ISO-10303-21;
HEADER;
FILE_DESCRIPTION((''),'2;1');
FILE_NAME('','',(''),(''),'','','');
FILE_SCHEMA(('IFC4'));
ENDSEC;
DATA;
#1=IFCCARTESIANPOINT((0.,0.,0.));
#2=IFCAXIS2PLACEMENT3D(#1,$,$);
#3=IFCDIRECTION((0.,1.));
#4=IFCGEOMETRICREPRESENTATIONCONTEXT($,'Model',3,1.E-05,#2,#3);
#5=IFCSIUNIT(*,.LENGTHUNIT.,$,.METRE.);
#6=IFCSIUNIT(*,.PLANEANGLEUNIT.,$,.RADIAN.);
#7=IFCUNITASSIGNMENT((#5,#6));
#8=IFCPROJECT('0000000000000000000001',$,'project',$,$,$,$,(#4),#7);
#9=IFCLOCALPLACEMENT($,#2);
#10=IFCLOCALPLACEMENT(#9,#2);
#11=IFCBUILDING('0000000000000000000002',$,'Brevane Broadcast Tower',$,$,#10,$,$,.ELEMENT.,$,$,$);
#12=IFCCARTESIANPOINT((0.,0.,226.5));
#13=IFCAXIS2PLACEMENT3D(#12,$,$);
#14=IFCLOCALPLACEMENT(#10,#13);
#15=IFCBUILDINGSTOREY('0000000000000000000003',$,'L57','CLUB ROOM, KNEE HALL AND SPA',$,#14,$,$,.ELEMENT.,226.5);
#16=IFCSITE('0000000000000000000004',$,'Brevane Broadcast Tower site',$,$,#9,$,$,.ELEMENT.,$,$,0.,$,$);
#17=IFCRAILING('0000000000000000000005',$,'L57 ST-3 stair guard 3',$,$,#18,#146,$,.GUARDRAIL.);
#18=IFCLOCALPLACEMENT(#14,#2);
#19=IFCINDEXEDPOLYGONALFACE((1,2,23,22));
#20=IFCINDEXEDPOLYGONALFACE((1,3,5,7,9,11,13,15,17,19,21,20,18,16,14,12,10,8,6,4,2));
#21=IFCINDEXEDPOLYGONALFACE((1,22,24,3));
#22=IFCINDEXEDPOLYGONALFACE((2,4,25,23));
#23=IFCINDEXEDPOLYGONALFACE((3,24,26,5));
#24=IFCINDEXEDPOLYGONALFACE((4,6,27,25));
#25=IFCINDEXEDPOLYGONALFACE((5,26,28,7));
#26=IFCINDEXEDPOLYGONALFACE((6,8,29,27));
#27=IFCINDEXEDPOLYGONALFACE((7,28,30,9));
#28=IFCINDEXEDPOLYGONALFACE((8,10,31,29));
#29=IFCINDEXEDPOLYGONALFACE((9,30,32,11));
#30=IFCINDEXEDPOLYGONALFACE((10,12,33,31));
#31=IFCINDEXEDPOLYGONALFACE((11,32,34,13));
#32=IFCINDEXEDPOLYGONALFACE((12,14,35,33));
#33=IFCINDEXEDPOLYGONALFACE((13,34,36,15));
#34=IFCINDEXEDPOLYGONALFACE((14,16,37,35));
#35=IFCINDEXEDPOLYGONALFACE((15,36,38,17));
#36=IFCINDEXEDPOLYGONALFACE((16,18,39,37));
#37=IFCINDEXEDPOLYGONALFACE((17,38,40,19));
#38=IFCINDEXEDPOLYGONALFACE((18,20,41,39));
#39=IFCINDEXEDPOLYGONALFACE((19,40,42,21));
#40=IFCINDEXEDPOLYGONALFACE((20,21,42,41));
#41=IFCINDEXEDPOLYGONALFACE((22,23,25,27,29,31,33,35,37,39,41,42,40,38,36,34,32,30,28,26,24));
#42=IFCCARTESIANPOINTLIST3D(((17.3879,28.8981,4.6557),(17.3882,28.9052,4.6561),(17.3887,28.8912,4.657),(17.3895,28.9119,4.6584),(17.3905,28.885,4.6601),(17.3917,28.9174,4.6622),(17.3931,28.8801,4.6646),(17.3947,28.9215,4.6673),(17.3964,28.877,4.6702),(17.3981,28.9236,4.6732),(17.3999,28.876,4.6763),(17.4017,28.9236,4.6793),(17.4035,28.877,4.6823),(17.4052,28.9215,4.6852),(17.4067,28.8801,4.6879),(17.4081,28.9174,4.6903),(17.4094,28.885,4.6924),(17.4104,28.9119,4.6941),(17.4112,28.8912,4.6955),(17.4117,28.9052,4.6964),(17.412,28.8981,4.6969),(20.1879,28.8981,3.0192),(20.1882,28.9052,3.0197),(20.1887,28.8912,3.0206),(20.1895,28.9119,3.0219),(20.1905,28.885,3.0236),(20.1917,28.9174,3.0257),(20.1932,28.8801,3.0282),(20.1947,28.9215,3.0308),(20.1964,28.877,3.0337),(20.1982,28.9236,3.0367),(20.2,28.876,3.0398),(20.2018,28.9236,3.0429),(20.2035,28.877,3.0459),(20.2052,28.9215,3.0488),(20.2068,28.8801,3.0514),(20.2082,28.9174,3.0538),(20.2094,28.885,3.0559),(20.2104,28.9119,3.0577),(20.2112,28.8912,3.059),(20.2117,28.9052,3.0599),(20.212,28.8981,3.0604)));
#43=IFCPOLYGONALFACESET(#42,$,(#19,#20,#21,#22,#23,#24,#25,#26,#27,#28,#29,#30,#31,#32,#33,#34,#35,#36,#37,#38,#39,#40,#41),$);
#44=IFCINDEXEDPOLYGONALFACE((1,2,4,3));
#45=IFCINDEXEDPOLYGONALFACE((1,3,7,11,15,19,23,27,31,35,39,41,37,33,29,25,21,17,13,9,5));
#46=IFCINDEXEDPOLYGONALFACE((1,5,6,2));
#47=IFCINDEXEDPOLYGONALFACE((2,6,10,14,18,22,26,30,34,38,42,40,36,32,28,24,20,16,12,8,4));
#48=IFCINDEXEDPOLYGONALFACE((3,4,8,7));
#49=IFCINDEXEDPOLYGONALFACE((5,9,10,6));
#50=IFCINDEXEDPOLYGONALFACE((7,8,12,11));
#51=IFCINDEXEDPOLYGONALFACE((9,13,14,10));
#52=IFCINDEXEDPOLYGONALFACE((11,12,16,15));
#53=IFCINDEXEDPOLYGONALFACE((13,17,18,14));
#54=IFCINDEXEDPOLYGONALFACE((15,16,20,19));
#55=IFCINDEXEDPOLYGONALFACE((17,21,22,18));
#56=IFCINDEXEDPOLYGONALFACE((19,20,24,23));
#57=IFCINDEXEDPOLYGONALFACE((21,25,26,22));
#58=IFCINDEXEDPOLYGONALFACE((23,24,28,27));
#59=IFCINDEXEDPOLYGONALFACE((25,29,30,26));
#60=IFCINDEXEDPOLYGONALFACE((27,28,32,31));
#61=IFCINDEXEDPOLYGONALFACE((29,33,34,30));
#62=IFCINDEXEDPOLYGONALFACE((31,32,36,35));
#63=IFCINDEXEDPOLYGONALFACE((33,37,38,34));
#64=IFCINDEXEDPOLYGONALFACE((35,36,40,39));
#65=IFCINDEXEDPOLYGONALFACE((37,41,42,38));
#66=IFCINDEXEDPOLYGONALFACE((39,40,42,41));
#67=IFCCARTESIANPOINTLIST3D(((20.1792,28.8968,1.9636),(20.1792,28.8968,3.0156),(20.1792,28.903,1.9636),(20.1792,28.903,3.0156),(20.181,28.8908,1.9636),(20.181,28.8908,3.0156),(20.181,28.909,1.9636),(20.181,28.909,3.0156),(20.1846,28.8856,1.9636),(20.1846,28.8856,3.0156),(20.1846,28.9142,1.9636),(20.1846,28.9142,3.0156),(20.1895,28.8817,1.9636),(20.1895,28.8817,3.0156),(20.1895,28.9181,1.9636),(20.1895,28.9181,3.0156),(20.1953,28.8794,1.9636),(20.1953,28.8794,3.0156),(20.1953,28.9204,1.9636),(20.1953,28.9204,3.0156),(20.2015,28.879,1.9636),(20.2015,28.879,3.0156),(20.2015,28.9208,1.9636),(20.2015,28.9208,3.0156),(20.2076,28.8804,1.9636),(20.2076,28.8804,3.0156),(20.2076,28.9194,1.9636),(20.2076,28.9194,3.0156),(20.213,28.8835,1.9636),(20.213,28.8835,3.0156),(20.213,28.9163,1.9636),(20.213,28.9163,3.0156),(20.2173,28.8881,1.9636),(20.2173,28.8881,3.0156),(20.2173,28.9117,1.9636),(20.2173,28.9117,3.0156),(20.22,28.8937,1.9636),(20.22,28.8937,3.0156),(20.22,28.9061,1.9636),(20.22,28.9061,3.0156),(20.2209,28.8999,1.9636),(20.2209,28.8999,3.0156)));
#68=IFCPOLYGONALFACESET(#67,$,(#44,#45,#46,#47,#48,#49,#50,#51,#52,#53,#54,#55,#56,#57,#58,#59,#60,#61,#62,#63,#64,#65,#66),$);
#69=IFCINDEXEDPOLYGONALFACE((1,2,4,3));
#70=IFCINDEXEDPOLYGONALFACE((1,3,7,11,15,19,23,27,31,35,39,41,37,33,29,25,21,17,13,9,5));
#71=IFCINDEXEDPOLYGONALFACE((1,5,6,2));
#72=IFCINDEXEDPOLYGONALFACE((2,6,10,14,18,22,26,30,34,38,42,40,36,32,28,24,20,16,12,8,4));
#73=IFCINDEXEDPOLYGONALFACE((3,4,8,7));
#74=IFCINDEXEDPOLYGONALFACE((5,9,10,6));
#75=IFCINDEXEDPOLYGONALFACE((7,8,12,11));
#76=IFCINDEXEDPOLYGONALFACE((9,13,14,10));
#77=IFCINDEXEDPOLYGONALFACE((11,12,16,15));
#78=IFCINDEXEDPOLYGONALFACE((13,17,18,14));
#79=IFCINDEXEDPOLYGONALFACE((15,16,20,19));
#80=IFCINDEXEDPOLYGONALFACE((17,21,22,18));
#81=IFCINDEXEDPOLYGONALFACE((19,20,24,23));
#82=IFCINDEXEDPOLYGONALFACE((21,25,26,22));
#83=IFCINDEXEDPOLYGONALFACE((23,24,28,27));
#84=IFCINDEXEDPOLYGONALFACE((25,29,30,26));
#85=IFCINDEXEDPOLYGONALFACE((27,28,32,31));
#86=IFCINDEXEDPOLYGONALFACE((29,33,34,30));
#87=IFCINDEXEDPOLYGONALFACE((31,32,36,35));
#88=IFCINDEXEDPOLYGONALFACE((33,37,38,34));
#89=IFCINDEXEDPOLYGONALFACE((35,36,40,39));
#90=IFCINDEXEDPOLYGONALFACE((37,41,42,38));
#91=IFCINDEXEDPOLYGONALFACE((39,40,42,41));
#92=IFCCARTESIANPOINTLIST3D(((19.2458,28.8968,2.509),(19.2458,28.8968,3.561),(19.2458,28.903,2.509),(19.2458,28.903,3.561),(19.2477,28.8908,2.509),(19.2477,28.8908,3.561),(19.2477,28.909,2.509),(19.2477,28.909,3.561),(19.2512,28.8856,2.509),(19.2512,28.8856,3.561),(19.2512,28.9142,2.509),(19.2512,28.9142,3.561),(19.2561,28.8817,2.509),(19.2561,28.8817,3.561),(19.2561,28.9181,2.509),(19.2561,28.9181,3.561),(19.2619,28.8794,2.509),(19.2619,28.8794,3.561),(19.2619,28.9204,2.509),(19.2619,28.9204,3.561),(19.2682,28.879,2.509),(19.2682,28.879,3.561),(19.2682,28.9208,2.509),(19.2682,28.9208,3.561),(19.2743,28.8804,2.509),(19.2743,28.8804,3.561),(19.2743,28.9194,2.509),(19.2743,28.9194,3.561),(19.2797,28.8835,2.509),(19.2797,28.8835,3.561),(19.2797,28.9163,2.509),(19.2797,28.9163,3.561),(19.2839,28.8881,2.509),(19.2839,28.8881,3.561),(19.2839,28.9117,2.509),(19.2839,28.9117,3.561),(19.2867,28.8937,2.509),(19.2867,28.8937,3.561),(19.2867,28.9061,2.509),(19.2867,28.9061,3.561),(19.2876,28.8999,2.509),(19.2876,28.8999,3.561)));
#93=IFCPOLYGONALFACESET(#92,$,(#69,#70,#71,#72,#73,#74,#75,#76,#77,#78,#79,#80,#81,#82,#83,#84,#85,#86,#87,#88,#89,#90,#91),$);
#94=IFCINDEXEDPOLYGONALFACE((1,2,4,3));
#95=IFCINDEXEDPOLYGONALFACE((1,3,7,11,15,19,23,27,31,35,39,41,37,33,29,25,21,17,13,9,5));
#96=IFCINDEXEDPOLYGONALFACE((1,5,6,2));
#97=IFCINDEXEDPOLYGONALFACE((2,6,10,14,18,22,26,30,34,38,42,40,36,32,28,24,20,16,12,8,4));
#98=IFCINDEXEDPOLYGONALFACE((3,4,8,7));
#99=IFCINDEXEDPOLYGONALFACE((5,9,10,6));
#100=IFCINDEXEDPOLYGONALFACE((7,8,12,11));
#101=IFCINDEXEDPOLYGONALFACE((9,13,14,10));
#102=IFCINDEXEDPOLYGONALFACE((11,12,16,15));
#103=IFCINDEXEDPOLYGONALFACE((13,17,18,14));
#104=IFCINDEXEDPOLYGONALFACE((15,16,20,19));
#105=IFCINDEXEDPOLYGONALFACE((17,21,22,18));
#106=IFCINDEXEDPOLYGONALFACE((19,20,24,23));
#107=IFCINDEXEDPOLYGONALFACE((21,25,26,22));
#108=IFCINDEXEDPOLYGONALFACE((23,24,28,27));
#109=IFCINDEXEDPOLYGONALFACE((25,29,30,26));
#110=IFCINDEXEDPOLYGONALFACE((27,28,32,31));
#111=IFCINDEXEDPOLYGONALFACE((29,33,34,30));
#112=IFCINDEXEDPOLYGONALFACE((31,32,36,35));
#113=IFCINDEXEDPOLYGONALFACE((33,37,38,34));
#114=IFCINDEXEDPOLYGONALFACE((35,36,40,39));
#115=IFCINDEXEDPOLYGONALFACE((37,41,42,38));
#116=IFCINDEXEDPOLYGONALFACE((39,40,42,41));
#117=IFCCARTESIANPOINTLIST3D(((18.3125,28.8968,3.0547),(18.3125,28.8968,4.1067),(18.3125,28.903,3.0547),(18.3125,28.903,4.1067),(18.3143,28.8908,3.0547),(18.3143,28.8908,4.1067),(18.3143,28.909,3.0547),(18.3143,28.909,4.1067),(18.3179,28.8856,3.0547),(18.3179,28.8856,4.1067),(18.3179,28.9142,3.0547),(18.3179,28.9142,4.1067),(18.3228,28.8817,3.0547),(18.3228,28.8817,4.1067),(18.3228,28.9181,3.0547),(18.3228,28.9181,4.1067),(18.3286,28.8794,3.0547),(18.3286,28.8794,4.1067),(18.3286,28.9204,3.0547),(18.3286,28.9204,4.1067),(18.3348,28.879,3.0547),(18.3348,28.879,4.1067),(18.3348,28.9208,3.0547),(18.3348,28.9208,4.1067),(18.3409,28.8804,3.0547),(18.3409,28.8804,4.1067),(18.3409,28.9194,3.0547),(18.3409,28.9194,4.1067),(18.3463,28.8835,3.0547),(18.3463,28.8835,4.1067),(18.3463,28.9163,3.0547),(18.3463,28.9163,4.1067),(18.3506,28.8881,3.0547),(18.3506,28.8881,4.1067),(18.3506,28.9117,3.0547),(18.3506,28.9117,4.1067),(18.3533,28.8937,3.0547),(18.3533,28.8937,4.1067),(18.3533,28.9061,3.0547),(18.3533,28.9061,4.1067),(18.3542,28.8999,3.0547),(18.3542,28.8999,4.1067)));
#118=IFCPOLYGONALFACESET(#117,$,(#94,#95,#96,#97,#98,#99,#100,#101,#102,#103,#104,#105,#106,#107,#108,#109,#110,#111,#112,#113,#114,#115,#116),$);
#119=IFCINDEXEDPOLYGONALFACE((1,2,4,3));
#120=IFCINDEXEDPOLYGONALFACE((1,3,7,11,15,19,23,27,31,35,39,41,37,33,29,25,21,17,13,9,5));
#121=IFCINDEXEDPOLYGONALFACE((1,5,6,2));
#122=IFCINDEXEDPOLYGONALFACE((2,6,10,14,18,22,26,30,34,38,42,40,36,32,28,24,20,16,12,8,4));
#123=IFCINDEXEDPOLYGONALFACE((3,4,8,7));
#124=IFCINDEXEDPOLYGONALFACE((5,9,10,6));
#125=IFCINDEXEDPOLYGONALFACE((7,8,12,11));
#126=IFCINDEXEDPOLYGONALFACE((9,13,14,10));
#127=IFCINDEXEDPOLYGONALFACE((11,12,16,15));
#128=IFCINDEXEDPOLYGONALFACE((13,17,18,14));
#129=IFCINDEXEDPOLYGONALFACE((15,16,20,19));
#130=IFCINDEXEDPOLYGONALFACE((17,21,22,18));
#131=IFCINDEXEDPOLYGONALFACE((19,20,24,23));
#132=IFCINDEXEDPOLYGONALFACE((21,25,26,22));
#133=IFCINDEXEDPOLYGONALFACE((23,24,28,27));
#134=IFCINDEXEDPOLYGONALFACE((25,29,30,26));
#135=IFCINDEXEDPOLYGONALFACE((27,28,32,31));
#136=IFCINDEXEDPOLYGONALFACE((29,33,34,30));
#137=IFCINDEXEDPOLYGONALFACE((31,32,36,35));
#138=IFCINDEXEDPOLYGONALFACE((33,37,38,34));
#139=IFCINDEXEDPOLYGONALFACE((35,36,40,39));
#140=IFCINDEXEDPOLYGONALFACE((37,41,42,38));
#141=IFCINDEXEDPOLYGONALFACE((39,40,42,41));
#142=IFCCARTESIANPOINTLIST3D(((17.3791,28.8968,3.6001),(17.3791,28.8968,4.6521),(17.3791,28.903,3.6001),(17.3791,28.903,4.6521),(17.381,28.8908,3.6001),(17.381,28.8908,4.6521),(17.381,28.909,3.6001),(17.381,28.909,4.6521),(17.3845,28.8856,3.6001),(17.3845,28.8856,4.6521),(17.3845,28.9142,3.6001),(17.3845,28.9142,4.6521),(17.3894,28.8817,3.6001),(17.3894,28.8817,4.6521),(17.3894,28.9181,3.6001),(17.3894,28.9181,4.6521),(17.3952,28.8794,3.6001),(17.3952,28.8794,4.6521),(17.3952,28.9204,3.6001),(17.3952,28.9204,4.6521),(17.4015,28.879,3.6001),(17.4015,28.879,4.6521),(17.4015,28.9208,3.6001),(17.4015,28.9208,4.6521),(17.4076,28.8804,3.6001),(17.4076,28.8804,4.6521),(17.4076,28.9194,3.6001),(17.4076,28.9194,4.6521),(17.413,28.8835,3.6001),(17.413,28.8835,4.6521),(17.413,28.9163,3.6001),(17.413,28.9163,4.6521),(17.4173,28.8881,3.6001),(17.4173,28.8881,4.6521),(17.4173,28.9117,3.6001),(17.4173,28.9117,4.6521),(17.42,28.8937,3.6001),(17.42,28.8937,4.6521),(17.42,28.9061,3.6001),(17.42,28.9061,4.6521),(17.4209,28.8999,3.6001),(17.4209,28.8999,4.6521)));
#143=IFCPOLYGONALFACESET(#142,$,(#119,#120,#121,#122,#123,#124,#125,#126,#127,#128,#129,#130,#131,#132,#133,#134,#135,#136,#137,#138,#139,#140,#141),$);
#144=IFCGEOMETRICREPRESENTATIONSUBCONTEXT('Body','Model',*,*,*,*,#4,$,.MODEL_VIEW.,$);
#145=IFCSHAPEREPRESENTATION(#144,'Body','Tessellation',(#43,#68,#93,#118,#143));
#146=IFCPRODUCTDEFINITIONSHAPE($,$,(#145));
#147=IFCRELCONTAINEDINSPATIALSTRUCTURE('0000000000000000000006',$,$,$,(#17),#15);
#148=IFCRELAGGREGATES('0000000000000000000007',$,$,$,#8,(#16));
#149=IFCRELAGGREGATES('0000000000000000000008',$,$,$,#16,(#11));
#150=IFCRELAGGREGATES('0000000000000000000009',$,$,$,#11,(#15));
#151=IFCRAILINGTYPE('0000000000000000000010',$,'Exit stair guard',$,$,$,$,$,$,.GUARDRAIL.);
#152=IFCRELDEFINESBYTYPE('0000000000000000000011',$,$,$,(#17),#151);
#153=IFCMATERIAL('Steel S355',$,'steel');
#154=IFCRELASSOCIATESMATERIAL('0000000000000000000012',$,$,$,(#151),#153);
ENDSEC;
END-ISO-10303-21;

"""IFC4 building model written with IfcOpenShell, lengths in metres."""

from ifc_helpers import new_model, si_unit, direction, frame, origin, origin_2d, place, context, subcontext, project, spatial, circle, extrude, material, type_object, element, save


model = new_model("IFC4")

# Units and contexts
model_context = context("Model", 3, precision=1e-05, world=origin(), true_north=direction((0.0, 1.0)))
body_context = subcontext(model_context, "Body", "Model", "MODEL_VIEW")
ifc_project = project(units=[si_unit("LENGTHUNIT", "METRE"), si_unit("PLANEANGLEUNIT", "RADIAN")], contexts=[model_context])

# Site, building, storey
site_placement = place(None, origin())
site = spatial("IfcSite", under=ifc_project, at=site_placement, Name="Brevane Broadcast Tower site", CompositionType="ELEMENT", RefElevation=0.0)
building_placement = place(site_placement, origin())
building = spatial("IfcBuilding", under=site, at=building_placement, Name="Brevane Broadcast Tower", CompositionType="ELEMENT")
storey_placement = place(building_placement, frame((0.0, 0.0, 226.5)))
storey = spatial("IfcBuildingStorey", under=building, at=storey_placement, Name="L57", Description="CLUB ROOM, KNEE HALL AND SPA", CompositionType="ELEMENT", Elevation=226.5)

# Railing
ifc_material_1 = material(Name="Steel S355", Category="steel")
railing_type_1 = type_object("IfcRailingType", Name="Exit stair guard", PredefinedType="GUARDRAIL", material=ifc_material_1)
railing_1_placement = place(storey_placement, frame((20.2, 28.8999, 1.9636)))
element("IfcRailing", 1, at=railing_1_placement, inside=storey, type_object=railing_type_1, Name="L57 ST-3 stair guard 3", PredefinedType="GUARDRAIL", context=body_context, shape_type="SweptSolid", body=[
    extrude(circle(Radius=0.0239, at=origin_2d()), frame((0.0, 0.0, 1.0762), z_axis=(-0.863361, 0.0, 0.504587), x_axis=(0.0, -1.0, 0.0)), (0.0, 0.0, 1.0), 3.2432),
    extrude(circle(Radius=0.021, at=origin_2d()), origin(), (0.0, 0.0, 1.0), 1.052),
    extrude(circle(Radius=0.021, at=origin_2d()), frame((-0.9333, 0.0, 0.5454)), (0.0, 0.0, 1.0), 1.052),
    extrude(circle(Radius=0.021, at=origin_2d()), frame((-1.8667, 0.0, 1.0911)), (0.0, 0.0, 1.0), 1.052),
    extrude(circle(Radius=0.021, at=origin_2d()), frame((-2.8, 0.0, 1.6365)), (0.0, 0.0, 1.0), 1.052),
])

save(model, "model.ifc")
